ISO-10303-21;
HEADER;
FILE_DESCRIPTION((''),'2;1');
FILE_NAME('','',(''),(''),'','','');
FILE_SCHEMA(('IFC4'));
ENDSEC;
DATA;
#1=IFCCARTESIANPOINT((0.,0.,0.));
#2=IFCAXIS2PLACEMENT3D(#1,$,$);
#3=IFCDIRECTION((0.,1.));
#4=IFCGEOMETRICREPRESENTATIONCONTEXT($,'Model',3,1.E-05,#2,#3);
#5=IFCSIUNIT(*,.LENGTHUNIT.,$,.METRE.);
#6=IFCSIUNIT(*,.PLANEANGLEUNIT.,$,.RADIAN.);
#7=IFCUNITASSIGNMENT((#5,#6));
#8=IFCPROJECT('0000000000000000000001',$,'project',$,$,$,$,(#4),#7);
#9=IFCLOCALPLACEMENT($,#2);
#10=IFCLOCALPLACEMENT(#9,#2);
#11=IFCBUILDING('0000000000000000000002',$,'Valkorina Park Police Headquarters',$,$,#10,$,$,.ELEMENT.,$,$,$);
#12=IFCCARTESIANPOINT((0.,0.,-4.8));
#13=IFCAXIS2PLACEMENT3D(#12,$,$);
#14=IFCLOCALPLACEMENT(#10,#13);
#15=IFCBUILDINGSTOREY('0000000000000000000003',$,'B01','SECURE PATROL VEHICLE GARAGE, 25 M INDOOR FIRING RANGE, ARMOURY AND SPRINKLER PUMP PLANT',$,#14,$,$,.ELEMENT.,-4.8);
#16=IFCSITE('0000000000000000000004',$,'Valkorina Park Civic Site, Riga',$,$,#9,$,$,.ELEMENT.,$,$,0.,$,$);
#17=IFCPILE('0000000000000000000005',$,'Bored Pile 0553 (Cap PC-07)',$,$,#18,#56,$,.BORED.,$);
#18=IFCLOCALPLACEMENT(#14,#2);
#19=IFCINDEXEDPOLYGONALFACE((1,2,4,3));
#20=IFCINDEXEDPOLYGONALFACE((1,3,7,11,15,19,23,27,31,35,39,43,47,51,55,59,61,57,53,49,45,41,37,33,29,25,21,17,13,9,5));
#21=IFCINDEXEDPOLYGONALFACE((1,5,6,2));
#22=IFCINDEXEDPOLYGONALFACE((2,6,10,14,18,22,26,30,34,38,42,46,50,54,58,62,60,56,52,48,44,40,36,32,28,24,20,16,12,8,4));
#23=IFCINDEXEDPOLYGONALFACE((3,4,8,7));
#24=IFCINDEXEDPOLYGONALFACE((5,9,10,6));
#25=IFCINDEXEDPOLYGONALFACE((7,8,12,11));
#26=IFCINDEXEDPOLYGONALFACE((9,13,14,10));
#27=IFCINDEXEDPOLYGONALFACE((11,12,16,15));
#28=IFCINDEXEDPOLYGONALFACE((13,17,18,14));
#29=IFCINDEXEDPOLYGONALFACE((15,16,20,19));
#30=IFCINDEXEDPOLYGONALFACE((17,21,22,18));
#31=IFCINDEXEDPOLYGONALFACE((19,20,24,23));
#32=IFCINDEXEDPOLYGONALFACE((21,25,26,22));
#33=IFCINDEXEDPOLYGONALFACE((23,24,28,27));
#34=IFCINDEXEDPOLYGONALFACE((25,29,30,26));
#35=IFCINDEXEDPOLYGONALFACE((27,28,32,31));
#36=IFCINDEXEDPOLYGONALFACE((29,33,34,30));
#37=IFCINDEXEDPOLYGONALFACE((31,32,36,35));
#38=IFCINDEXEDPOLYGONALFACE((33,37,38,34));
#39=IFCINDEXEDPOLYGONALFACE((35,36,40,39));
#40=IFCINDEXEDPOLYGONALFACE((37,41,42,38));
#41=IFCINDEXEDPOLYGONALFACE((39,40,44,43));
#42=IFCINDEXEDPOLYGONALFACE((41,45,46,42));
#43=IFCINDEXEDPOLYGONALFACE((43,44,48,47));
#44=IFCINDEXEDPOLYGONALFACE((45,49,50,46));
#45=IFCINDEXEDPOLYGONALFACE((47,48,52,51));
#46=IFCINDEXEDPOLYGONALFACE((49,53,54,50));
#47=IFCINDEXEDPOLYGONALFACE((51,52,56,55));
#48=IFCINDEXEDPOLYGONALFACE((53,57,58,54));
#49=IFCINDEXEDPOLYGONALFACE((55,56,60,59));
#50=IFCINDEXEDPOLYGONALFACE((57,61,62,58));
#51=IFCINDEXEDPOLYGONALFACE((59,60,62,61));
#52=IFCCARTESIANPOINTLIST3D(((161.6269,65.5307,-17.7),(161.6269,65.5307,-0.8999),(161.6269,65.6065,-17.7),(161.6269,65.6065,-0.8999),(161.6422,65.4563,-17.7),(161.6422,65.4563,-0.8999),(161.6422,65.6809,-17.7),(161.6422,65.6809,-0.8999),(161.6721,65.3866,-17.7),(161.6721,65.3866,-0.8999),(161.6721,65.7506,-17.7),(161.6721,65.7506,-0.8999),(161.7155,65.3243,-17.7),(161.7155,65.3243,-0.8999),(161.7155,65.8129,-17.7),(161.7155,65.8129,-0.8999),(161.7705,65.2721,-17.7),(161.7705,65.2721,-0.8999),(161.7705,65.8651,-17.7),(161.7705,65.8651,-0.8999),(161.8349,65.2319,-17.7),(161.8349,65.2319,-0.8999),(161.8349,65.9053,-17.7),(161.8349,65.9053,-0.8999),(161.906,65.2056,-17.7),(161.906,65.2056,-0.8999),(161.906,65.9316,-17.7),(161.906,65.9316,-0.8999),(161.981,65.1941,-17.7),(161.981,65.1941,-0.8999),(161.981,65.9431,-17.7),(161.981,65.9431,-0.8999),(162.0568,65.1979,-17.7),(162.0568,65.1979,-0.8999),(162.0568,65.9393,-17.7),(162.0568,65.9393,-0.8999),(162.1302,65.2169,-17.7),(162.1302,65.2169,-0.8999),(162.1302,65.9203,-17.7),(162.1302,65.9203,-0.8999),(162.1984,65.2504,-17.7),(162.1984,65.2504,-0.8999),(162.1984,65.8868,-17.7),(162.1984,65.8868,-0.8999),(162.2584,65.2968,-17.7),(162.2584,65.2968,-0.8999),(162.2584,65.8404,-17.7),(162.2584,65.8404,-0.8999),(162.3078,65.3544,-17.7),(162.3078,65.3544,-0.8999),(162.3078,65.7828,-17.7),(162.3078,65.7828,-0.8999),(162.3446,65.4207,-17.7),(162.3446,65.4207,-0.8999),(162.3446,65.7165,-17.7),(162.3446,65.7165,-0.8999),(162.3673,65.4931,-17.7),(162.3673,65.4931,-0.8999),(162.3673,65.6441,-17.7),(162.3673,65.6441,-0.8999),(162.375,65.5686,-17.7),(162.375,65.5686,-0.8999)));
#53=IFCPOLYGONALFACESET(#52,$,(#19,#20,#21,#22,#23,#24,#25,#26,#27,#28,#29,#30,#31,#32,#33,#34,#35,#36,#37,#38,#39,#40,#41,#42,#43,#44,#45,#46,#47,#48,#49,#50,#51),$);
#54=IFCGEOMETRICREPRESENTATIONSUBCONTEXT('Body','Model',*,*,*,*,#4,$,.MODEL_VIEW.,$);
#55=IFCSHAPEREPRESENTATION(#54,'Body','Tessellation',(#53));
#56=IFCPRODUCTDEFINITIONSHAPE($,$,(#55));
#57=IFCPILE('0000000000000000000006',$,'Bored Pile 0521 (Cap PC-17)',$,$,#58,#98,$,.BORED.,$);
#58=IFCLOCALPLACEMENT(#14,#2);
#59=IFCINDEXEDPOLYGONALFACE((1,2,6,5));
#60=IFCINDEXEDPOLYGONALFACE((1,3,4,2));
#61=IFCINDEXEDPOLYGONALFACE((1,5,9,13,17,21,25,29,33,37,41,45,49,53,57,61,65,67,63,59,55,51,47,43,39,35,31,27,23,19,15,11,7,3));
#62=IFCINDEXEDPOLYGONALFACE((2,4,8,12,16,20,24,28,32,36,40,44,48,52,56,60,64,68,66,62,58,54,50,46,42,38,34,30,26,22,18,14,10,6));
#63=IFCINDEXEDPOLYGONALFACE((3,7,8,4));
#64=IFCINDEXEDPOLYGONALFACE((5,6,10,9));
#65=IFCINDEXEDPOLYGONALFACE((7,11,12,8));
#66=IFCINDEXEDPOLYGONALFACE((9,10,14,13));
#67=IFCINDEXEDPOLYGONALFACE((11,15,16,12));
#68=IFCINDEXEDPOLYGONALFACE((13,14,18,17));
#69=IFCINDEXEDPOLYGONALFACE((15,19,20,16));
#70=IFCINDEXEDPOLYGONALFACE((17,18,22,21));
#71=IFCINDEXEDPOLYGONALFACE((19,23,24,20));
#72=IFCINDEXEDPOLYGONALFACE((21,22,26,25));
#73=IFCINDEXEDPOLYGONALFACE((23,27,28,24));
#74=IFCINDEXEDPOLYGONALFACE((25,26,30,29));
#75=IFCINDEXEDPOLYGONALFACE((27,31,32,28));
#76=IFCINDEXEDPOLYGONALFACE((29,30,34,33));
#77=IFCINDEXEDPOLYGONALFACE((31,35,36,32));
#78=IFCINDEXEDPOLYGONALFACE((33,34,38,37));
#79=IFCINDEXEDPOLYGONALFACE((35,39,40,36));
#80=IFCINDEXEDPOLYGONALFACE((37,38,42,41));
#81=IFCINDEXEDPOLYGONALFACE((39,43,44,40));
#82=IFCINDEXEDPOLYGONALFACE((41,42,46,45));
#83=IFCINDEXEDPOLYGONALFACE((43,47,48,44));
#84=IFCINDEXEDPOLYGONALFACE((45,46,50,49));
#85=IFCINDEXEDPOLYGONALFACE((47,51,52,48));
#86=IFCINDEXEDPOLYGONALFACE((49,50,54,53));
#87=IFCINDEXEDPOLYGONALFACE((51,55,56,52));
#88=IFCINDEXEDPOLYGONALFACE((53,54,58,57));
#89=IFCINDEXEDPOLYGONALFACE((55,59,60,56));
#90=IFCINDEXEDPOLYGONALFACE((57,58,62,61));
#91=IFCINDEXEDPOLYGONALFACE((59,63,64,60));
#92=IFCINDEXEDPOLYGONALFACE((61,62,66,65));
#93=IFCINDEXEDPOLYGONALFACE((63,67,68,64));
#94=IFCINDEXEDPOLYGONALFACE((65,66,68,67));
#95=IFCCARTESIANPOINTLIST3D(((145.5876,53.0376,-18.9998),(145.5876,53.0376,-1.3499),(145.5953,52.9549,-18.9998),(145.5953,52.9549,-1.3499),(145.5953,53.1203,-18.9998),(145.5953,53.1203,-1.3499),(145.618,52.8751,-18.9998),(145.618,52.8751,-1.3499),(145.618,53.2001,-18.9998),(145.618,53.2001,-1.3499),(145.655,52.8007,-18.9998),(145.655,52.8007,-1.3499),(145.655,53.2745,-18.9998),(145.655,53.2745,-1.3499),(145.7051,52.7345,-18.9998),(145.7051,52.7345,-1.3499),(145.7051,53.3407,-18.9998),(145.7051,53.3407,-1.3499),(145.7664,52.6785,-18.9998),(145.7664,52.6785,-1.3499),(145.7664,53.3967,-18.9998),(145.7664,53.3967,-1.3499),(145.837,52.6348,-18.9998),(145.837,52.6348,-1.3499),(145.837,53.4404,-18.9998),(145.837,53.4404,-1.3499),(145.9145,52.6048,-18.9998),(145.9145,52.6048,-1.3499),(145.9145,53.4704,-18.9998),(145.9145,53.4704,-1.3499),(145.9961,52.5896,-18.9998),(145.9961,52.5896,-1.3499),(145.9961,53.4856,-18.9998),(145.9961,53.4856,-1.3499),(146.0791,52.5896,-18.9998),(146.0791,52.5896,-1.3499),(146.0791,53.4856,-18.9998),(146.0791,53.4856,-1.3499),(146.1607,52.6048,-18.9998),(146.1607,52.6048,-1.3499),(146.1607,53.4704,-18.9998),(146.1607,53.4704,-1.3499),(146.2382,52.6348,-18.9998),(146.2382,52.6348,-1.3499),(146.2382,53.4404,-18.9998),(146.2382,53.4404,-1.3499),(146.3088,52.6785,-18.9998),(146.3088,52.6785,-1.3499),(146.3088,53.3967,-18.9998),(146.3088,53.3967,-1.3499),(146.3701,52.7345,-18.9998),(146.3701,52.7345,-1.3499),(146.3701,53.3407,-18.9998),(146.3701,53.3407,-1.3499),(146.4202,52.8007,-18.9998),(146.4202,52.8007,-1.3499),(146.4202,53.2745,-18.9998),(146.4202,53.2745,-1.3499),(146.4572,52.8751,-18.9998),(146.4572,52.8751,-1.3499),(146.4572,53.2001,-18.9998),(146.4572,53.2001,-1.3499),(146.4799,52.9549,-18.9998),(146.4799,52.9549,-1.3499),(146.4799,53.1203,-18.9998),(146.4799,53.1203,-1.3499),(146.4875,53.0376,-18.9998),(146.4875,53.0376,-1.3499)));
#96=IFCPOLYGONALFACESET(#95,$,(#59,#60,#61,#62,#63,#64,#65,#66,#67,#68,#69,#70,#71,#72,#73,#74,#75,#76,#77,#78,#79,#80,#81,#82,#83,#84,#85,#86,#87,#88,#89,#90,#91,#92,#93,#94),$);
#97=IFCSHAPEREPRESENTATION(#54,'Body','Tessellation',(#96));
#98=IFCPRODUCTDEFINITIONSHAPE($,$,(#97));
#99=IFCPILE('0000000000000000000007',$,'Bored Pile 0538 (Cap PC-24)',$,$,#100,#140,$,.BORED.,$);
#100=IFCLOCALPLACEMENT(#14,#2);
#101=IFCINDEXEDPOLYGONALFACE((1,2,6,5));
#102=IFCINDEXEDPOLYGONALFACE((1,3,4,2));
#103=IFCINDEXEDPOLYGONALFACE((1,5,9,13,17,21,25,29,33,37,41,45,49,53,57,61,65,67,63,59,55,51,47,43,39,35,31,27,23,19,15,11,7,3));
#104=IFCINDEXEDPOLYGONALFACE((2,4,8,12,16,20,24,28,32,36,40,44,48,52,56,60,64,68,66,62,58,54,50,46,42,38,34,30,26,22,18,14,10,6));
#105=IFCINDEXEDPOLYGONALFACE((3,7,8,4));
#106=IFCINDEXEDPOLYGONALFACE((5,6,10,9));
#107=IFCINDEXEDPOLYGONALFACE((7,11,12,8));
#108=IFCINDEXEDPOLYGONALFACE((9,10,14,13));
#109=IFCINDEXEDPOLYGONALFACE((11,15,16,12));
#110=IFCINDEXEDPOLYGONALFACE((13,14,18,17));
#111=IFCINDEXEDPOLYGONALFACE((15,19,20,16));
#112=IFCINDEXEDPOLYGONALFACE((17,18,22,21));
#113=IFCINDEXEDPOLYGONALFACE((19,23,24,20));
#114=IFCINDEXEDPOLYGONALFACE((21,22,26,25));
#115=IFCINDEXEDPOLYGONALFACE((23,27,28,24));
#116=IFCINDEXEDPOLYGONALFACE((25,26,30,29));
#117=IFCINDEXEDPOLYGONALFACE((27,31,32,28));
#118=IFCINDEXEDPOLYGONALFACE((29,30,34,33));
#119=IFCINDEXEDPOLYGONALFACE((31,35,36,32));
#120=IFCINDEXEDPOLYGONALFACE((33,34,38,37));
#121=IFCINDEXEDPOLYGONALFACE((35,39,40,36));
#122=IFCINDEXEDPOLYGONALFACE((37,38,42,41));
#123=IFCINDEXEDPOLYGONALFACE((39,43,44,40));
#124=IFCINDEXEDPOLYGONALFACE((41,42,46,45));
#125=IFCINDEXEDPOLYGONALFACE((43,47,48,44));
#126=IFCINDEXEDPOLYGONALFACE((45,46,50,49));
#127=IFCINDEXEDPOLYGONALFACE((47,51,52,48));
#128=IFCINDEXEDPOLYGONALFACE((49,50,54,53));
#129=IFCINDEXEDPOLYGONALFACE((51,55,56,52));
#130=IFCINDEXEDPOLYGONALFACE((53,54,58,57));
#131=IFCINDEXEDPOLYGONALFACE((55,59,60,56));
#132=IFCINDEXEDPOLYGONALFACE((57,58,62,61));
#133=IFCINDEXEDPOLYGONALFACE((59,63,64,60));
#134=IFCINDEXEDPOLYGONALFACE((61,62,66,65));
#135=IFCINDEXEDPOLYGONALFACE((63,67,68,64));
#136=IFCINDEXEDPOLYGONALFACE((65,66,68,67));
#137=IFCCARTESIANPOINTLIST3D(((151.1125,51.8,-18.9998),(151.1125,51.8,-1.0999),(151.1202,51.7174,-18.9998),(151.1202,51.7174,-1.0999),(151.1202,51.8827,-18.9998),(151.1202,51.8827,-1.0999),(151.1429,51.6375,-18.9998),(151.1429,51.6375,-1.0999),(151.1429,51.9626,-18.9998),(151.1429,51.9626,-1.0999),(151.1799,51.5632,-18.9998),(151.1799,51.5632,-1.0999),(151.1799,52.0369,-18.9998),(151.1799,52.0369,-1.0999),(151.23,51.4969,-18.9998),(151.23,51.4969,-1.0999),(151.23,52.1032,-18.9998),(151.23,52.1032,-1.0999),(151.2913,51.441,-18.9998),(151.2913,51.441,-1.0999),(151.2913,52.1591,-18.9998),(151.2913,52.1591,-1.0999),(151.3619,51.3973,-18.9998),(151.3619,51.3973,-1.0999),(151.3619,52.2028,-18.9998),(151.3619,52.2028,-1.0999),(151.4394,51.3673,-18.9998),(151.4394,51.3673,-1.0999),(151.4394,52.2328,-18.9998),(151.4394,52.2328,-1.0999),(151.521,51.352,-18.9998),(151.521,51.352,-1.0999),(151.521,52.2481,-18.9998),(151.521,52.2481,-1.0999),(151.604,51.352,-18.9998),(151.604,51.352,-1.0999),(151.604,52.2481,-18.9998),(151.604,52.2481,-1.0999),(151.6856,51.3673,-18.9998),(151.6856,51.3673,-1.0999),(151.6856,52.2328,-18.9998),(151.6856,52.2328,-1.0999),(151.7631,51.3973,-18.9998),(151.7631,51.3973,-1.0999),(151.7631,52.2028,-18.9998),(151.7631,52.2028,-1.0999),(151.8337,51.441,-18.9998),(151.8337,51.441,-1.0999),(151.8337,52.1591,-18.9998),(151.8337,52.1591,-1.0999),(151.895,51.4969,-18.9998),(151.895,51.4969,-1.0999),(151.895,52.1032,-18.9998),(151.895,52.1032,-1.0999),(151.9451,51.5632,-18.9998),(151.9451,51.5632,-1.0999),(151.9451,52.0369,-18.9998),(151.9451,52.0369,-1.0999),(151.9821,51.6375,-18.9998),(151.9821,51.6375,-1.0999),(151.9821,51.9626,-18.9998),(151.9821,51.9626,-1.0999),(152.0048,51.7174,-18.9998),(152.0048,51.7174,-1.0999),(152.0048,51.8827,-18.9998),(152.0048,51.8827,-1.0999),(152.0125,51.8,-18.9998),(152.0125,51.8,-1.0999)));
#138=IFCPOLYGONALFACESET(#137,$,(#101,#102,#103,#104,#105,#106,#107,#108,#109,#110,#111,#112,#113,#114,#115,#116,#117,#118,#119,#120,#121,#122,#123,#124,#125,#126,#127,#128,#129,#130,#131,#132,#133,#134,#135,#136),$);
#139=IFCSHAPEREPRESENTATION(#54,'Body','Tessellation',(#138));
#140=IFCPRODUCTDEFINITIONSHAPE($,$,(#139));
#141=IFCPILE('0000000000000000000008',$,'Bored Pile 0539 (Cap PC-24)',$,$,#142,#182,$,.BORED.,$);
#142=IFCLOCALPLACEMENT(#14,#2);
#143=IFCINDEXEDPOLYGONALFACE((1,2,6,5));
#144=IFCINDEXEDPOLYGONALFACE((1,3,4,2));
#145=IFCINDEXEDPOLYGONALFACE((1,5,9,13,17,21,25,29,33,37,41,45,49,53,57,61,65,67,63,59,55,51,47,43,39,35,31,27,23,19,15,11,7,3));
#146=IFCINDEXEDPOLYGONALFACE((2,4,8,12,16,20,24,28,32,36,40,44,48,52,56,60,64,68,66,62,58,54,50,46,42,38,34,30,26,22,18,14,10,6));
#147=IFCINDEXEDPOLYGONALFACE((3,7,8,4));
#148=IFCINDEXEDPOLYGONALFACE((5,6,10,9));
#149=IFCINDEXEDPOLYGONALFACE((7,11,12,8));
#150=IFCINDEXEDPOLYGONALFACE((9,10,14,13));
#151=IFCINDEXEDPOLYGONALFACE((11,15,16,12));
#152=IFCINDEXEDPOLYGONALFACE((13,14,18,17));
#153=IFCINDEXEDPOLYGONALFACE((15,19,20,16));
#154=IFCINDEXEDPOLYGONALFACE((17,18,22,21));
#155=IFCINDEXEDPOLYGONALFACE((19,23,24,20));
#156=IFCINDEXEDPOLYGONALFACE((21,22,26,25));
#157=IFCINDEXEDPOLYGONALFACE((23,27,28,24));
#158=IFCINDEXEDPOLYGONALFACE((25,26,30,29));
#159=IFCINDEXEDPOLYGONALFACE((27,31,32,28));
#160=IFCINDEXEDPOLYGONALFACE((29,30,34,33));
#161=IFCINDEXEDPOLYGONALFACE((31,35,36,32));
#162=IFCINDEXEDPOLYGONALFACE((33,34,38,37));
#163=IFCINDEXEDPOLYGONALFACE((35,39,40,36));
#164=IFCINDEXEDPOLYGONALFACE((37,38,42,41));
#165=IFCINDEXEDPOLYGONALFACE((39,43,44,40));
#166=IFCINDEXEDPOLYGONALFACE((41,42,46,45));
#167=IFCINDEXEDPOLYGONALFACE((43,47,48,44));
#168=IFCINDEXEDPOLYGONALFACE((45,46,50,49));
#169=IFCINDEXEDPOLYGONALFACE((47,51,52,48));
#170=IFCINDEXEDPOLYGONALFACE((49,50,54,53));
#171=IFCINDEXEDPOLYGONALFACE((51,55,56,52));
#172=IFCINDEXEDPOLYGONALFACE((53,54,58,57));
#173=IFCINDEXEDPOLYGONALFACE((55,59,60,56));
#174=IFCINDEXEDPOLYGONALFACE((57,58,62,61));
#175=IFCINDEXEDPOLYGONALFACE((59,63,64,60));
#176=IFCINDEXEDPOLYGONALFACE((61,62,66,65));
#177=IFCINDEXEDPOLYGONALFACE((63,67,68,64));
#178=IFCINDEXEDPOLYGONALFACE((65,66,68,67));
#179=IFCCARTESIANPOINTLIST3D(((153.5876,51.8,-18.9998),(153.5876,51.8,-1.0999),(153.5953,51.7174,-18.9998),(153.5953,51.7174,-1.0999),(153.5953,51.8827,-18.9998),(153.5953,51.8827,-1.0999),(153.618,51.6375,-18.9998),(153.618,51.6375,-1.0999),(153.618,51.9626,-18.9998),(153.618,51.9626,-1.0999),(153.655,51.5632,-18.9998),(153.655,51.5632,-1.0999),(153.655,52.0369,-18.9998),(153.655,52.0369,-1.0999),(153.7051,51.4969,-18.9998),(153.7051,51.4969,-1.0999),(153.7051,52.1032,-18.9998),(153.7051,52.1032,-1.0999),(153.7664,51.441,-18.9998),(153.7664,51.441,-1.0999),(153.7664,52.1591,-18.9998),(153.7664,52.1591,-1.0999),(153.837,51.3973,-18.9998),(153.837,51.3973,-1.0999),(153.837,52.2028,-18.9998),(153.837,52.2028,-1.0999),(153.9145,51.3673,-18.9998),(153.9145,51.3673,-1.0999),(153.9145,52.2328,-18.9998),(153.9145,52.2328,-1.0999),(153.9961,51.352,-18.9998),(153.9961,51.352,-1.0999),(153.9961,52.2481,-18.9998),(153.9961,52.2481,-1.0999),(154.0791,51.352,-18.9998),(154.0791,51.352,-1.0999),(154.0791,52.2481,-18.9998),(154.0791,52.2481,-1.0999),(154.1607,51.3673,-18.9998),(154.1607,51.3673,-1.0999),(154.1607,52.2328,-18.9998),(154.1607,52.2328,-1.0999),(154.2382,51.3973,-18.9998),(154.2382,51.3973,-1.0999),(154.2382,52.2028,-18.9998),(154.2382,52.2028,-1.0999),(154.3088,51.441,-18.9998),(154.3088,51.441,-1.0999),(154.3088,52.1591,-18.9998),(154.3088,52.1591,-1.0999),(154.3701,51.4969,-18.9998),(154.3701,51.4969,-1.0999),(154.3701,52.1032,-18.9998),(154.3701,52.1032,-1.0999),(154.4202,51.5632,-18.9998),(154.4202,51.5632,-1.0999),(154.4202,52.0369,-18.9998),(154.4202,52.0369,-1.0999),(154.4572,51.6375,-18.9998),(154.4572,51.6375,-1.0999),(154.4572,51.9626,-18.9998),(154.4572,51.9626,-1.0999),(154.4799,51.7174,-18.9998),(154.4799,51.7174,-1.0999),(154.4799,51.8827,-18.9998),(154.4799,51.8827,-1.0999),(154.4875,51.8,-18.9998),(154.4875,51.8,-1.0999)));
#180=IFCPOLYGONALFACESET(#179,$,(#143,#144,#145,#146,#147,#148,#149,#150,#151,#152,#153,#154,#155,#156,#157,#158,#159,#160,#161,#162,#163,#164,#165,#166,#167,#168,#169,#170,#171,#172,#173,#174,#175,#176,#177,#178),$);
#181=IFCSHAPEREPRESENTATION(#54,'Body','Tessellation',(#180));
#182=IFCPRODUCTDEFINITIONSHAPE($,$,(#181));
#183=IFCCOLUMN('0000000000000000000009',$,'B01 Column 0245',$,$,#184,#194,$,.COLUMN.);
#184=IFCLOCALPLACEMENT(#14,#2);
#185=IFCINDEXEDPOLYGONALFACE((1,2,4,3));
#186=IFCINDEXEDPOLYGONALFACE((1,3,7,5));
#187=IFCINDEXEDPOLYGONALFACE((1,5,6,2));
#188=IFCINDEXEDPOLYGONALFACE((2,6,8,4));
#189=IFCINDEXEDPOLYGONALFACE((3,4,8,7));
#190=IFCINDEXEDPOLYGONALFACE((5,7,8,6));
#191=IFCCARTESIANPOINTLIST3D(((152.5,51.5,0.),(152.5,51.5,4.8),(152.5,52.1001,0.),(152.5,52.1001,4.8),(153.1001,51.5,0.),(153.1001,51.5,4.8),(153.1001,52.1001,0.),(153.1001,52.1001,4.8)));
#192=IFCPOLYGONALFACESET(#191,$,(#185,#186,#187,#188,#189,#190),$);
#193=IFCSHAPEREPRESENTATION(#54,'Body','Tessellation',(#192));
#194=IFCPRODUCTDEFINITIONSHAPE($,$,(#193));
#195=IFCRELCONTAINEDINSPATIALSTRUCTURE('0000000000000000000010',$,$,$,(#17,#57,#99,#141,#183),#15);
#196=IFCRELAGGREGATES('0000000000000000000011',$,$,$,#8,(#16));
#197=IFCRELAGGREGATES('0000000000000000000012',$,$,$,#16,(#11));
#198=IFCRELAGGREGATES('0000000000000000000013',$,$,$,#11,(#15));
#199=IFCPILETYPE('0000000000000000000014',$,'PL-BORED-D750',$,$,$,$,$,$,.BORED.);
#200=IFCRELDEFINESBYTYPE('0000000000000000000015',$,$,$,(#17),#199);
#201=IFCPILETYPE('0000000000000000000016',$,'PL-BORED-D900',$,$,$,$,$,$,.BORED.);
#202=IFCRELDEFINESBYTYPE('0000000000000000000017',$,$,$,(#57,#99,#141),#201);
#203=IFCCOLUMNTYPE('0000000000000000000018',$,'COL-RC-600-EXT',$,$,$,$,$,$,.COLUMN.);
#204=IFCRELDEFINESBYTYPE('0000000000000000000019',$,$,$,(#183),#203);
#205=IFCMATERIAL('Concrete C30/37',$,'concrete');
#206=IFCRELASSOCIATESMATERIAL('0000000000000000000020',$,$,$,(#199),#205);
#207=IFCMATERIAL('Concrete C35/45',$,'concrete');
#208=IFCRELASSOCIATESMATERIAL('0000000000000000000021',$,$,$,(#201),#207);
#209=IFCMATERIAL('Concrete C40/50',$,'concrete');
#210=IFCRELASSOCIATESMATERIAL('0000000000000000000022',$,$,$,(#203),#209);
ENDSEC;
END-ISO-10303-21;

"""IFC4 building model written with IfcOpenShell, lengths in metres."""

from ifc_helpers import new_model, si_unit, direction, frame, origin, origin_2d, place, context, subcontext, project, spatial, rectangle, circle, extrude, material, material_profile, profile_set, type_object, element, save


model = new_model("IFC4")

# Units and contexts
model_context = context("Model", 3, precision=1e-05, world=origin(), true_north=direction((0.0, 1.0)))
body_context = subcontext(model_context, "Body", "Model", "MODEL_VIEW")
ifc_project = project(units=[si_unit("LENGTHUNIT", "METRE"), si_unit("PLANEANGLEUNIT", "RADIAN")], contexts=[model_context])

# Site, building, storey
site_placement = place(None, origin())
site = spatial("IfcSite", under=ifc_project, at=site_placement, Name="Valkorina Park Civic Site, Riga", CompositionType="ELEMENT", RefElevation=0.0)
building_placement = place(site_placement, origin())
building = spatial("IfcBuilding", under=site, at=building_placement, Name="Valkorina Park Police Headquarters", CompositionType="ELEMENT")
storey_placement = place(building_placement, frame((0.0, 0.0, -4.8)))
storey = spatial("IfcBuildingStorey", under=building, at=storey_placement, Name="B01", Description="SECURE PATROL VEHICLE GARAGE, 25 M INDOOR FIRING RANGE, ARMOURY AND SPRINKLER PUMP PLANT", CompositionType="ELEMENT", Elevation=-4.8)

# Shared definitions
ifc_material_1 = material(Name="Concrete C40/50", Category="concrete")

# Piles
ifc_material_2 = material(Name="Concrete C30/37", Category="concrete")
ifc_material_profile_1 = material_profile(ifc_material_2, circle(Radius=0.375, at=origin_2d()), Name="BORED PILE D750")
ifc_profile_set_1 = profile_set([ifc_material_profile_1], Name="Concrete C30/37")
pile_type_1 = type_object("IfcPileType", Name="PL-BORED-D750", PredefinedType="BORED", material=ifc_profile_set_1)
for number, where, z_axis, x_axis, name in (
    (1, (162.0, 65.5686, -0.8999), (0.0, 0.0, -1.0), (1.0, 0.0, 0.0), "Bored Pile 0553 (Cap PC-07)"),
):
    element("IfcPile", number, at=place(storey_placement, frame(where, z_axis=z_axis, x_axis=x_axis)), inside=storey, type_object=pile_type_1, Name=name, PredefinedType="BORED", context=body_context, shape_type="SweptSolid", body=[
        extrude(circle(Radius=0.375, at=origin_2d()), origin(), (0.0, 0.0, 1.0), 16.8),
    ])
ifc_material_3 = material(Name="Concrete C35/45", Category="concrete")
ifc_material_profile_2 = material_profile(ifc_material_3, circle(Radius=0.45, at=origin_2d()), Name="BORED PILE D900")
ifc_profile_set_2 = profile_set([ifc_material_profile_2], Name="Concrete C35/45")
pile_type_2 = type_object("IfcPileType", Name="PL-BORED-D900", PredefinedType="BORED", material=ifc_profile_set_2)
pile_placement = place(storey_placement, frame((146.0376, 53.0376, -1.3499), z_axis=(0.0, 0.0, -1.0), x_axis=(1.0, 0.0, 0.0)))
element("IfcPile", 2, at=pile_placement, inside=storey, type_object=pile_type_2, Name="Bored Pile 0521 (Cap PC-17)", PredefinedType="BORED", context=body_context, shape_type="SweptSolid", body=[
    extrude(circle(Radius=0.45, at=origin_2d()), origin(), (0.0, 0.0, 1.0), 17.6499),
])
for number, where, z_axis, x_axis, name in (
    (3, (151.5625, 51.8, -1.0999), (0.0, 0.0, -1.0), (1.0, 0.0, 0.0), "Bored Pile 0538 (Cap PC-24)"),
    (4, (154.0376, 51.8, -1.0999), (0.0, 0.0, -1.0), (1.0, 0.0, 0.0), "Bored Pile 0539 (Cap PC-24)"),
):
    element("IfcPile", number, at=place(storey_placement, frame(where, z_axis=z_axis, x_axis=x_axis)), inside=storey, type_object=pile_type_2, Name=name, PredefinedType="BORED", context=body_context, shape_type="SweptSolid", body=[
        extrude(circle(Radius=0.45, at=origin_2d()), origin(), (0.0, 0.0, 1.0), 17.8999),
    ])

# Column
ifc_material_profile_3 = material_profile(ifc_material_1, rectangle(XDim=0.6001, YDim=0.6001, at=origin_2d()), Name="RC COL 600x600")
ifc_profile_set_3 = profile_set([ifc_material_profile_3], Name="Concrete C40/50")
column_type = type_object("IfcColumnType", Name="COL-RC-600-EXT", PredefinedType="COLUMN", material=ifc_profile_set_3)
for number, where, z_axis, x_axis, name in (
    (5, (152.8, 51.8, 0.0), (0.0, 0.0, 1.0), (1.0, 0.0, 0.0), "B01 Column 0245"),
):
    element("IfcColumn", number, at=place(storey_placement, frame(where, z_axis=z_axis, x_axis=x_axis)), inside=storey, type_object=column_type, Name=name, PredefinedType="COLUMN", context=body_context, shape_type="SweptSolid", body=[
        extrude(rectangle(XDim=0.6001, YDim=0.6001, at=origin_2d()), origin(), (0.0, 0.0, 1.0), 4.8),
    ])

save(model, "model.ifc")
